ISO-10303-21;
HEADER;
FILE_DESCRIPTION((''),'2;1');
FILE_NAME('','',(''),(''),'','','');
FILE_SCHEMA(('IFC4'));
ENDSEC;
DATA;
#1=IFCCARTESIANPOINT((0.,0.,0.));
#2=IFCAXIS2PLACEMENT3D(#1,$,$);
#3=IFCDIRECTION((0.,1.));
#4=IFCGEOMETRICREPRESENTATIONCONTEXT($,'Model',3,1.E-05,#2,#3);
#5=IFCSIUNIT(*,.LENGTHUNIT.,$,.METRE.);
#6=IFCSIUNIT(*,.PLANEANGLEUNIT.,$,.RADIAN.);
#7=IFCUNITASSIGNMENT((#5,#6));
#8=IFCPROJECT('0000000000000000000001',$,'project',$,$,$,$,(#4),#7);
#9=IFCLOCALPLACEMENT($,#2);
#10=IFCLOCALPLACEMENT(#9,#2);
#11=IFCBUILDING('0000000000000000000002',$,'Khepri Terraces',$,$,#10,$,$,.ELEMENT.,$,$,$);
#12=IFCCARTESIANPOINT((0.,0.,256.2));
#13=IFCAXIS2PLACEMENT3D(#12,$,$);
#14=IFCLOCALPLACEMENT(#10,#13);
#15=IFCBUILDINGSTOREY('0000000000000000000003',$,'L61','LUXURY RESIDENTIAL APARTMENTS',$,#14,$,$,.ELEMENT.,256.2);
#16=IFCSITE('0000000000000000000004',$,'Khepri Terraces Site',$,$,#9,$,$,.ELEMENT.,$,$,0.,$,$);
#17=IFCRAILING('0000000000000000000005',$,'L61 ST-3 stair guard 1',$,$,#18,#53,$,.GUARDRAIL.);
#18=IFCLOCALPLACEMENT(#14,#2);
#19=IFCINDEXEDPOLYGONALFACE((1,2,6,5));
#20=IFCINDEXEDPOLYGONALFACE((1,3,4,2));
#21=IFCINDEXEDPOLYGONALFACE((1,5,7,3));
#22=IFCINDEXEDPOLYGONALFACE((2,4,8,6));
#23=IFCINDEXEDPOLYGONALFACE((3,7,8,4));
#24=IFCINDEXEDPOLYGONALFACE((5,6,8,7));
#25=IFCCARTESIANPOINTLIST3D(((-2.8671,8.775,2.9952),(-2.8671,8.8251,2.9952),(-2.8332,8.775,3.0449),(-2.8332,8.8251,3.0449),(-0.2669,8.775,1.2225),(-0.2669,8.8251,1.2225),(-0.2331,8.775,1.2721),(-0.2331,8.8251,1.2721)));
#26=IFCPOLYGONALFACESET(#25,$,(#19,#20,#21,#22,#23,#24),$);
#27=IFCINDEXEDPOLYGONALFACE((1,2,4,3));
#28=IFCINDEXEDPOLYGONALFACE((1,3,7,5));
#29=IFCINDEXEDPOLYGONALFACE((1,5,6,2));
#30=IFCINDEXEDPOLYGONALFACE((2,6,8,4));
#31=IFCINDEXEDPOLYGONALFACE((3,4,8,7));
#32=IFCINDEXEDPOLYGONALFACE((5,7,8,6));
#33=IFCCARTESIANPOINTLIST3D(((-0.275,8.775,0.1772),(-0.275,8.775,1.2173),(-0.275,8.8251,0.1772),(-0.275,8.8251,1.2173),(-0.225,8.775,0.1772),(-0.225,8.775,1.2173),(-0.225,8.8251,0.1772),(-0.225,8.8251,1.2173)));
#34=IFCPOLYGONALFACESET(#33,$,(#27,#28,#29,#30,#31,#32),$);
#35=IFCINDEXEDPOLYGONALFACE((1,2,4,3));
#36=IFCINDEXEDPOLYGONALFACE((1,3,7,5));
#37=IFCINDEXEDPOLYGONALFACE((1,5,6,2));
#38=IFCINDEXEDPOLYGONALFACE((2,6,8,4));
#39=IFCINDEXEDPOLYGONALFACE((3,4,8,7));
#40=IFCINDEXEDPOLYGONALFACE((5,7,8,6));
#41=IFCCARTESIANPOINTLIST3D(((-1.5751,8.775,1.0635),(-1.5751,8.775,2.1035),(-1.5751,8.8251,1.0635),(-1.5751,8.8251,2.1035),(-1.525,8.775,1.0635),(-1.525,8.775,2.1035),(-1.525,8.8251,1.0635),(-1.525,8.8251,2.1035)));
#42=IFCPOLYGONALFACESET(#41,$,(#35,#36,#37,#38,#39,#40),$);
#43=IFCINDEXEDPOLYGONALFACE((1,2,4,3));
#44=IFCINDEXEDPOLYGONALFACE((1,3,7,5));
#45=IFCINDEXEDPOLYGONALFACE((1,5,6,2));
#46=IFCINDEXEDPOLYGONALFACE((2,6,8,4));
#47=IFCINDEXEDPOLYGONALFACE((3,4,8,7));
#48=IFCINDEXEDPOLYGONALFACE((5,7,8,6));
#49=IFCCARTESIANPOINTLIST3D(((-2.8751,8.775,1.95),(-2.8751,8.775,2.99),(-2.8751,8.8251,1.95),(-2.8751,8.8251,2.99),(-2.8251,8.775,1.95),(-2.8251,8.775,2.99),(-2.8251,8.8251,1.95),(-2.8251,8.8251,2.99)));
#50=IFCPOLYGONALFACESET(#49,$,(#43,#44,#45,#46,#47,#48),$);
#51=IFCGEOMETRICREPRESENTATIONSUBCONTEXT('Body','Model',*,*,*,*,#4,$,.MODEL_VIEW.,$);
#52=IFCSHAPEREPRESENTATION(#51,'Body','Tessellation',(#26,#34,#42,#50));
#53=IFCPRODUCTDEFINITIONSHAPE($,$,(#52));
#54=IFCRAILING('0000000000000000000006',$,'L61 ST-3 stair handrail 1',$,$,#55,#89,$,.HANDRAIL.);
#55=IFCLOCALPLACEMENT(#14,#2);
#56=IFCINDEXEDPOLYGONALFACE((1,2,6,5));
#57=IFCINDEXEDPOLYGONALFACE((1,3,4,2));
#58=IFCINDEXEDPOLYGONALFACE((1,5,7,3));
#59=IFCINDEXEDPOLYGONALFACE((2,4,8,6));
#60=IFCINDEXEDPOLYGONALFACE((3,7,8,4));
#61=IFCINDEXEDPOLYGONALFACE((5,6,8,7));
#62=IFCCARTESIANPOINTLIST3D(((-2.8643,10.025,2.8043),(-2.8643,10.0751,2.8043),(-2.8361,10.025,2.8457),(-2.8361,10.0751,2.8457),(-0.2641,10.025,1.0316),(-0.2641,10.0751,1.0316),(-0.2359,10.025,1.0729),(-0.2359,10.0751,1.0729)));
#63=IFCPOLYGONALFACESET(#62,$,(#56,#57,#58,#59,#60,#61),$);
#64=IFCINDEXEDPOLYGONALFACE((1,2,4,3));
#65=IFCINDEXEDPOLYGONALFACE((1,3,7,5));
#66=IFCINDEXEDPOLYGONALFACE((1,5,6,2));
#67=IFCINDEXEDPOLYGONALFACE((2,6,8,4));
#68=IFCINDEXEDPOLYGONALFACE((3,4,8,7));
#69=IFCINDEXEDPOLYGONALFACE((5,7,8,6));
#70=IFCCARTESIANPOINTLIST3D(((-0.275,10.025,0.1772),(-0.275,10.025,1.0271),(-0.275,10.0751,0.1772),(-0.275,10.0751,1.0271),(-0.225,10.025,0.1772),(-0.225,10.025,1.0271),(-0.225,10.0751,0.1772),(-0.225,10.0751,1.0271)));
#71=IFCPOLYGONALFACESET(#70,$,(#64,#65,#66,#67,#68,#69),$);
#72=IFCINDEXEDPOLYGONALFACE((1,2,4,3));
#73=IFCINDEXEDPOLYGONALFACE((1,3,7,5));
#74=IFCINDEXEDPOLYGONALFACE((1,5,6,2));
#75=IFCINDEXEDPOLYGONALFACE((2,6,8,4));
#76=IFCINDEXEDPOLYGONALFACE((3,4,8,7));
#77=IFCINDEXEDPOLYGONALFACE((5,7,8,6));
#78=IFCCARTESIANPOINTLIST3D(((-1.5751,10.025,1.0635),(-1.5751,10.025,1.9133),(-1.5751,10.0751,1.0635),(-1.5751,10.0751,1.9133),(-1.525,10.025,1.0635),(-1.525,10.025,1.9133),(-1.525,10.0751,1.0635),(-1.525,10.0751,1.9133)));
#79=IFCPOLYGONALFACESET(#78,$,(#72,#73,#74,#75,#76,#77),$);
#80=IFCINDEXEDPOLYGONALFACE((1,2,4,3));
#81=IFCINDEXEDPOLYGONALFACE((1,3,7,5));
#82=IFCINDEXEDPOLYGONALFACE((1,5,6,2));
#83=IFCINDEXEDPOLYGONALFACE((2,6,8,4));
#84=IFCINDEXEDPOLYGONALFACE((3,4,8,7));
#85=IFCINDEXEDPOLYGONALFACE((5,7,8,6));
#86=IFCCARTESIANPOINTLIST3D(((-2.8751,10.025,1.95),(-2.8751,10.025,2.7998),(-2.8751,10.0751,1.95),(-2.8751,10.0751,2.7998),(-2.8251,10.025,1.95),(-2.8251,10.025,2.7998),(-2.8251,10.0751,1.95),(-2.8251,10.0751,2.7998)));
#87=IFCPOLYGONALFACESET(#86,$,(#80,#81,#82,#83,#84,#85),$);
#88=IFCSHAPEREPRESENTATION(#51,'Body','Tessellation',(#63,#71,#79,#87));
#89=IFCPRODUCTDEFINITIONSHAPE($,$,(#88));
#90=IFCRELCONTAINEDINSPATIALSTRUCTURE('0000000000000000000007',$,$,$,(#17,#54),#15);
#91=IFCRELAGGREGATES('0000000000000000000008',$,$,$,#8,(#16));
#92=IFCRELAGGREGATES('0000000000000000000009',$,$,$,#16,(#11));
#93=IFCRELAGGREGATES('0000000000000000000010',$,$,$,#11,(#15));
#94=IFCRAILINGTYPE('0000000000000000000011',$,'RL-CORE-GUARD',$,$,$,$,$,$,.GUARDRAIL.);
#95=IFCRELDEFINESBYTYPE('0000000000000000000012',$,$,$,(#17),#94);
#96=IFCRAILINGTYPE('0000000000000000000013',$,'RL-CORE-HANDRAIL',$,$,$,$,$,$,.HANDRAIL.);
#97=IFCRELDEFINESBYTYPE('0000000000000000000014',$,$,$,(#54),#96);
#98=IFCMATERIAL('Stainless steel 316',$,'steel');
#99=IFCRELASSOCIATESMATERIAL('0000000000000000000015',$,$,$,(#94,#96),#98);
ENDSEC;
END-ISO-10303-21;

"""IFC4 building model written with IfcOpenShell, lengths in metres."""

from ifc_helpers import new_model, si_unit, direction, frame, origin, origin_2d, place, context, subcontext, project, spatial, rectangle, extrude, material, type_object, element, save


model = new_model("IFC4")

# Units and contexts
model_context = context("Model", 3, precision=1e-05, world=origin(), true_north=direction((0.0, 1.0)))
body_context = subcontext(model_context, "Body", "Model", "MODEL_VIEW")
ifc_project = project(units=[si_unit("LENGTHUNIT", "METRE"), si_unit("PLANEANGLEUNIT", "RADIAN")], contexts=[model_context])

# Site, building, storey
site_placement = place(None, origin())
site = spatial("IfcSite", under=ifc_project, at=site_placement, Name="Khepri Terraces Site", CompositionType="ELEMENT", RefElevation=0.0)
building_placement = place(site_placement, origin())
building = spatial("IfcBuilding", under=site, at=building_placement, Name="Khepri Terraces", CompositionType="ELEMENT")
storey_placement = place(building_placement, frame((0.0, 0.0, 256.2)))
storey = spatial("IfcBuildingStorey", under=building, at=storey_placement, Name="L61", Description="LUXURY RESIDENTIAL APARTMENTS", CompositionType="ELEMENT", Elevation=256.2)

# Railings
ifc_material_1 = material(Name="Stainless steel 316", Category="steel")
railing_type_1 = type_object("IfcRailingType", Name="RL-CORE-GUARD", PredefinedType="GUARDRAIL", material=ifc_material_1)
railing_1_placement = place(storey_placement, frame((-0.25, 8.8, 0.1772)))
element("IfcRailing", 1, at=railing_1_placement, inside=storey, type_object=railing_type_1, Name="L61 ST-3 stair guard 1", PredefinedType="GUARDRAIL", context=body_context, shape_type="SweptSolid", body=[
    extrude(rectangle(XDim=0.05, YDim=0.0601, at=origin_2d()), frame((0.0, 0.0, 1.0701), z_axis=(-0.82624, 0.0, 0.563318), x_axis=(0.0, -1.0, 0.0)), (0.0, 0.0, 1.0), 3.147),
    extrude(rectangle(XDim=0.05, YDim=0.05, at=origin_2d()), origin(), (0.0, 0.0, 1.0), 1.04),
    extrude(rectangle(XDim=0.05, YDim=0.05, at=origin_2d()), frame((-1.3, 0.0, 0.8862)), (0.0, 0.0, 1.0), 1.04),
    extrude(rectangle(XDim=0.05, YDim=0.05, at=origin_2d()), frame((-2.6001, 0.0, 1.7727)), (0.0, 0.0, 1.0), 1.04),
])
railing_type_2 = type_object("IfcRailingType", Name="RL-CORE-HANDRAIL", PredefinedType="HANDRAIL", material=ifc_material_1)
railing_2_placement = place(storey_placement, frame((-0.25, 10.05, 0.1772)))
element("IfcRailing", 2, at=railing_2_placement, inside=storey, type_object=railing_type_2, Name="L61 ST-3 stair handrail 1", PredefinedType="HANDRAIL", context=body_context, shape_type="SweptSolid", body=[
    extrude(rectangle(XDim=0.05, YDim=0.05, at=origin_2d()), frame((0.0, 0.0, 0.875), z_axis=(-0.82624, 0.0, 0.563318), x_axis=(0.0, -1.0, 0.0)), (0.0, 0.0, 1.0), 3.147),
    extrude(rectangle(XDim=0.05, YDim=0.05, at=origin_2d()), origin(), (0.0, 0.0, 1.0), 0.8499),
    extrude(rectangle(XDim=0.05, YDim=0.05, at=origin_2d()), frame((-1.3, 0.0, 0.8862)), (0.0, 0.0, 1.0), 0.8499),
    extrude(rectangle(XDim=0.05, YDim=0.05, at=origin_2d()), frame((-2.6001, 0.0, 1.7727)), (0.0, 0.0, 1.0), 0.8499),
])

save(model, "model.ifc")
